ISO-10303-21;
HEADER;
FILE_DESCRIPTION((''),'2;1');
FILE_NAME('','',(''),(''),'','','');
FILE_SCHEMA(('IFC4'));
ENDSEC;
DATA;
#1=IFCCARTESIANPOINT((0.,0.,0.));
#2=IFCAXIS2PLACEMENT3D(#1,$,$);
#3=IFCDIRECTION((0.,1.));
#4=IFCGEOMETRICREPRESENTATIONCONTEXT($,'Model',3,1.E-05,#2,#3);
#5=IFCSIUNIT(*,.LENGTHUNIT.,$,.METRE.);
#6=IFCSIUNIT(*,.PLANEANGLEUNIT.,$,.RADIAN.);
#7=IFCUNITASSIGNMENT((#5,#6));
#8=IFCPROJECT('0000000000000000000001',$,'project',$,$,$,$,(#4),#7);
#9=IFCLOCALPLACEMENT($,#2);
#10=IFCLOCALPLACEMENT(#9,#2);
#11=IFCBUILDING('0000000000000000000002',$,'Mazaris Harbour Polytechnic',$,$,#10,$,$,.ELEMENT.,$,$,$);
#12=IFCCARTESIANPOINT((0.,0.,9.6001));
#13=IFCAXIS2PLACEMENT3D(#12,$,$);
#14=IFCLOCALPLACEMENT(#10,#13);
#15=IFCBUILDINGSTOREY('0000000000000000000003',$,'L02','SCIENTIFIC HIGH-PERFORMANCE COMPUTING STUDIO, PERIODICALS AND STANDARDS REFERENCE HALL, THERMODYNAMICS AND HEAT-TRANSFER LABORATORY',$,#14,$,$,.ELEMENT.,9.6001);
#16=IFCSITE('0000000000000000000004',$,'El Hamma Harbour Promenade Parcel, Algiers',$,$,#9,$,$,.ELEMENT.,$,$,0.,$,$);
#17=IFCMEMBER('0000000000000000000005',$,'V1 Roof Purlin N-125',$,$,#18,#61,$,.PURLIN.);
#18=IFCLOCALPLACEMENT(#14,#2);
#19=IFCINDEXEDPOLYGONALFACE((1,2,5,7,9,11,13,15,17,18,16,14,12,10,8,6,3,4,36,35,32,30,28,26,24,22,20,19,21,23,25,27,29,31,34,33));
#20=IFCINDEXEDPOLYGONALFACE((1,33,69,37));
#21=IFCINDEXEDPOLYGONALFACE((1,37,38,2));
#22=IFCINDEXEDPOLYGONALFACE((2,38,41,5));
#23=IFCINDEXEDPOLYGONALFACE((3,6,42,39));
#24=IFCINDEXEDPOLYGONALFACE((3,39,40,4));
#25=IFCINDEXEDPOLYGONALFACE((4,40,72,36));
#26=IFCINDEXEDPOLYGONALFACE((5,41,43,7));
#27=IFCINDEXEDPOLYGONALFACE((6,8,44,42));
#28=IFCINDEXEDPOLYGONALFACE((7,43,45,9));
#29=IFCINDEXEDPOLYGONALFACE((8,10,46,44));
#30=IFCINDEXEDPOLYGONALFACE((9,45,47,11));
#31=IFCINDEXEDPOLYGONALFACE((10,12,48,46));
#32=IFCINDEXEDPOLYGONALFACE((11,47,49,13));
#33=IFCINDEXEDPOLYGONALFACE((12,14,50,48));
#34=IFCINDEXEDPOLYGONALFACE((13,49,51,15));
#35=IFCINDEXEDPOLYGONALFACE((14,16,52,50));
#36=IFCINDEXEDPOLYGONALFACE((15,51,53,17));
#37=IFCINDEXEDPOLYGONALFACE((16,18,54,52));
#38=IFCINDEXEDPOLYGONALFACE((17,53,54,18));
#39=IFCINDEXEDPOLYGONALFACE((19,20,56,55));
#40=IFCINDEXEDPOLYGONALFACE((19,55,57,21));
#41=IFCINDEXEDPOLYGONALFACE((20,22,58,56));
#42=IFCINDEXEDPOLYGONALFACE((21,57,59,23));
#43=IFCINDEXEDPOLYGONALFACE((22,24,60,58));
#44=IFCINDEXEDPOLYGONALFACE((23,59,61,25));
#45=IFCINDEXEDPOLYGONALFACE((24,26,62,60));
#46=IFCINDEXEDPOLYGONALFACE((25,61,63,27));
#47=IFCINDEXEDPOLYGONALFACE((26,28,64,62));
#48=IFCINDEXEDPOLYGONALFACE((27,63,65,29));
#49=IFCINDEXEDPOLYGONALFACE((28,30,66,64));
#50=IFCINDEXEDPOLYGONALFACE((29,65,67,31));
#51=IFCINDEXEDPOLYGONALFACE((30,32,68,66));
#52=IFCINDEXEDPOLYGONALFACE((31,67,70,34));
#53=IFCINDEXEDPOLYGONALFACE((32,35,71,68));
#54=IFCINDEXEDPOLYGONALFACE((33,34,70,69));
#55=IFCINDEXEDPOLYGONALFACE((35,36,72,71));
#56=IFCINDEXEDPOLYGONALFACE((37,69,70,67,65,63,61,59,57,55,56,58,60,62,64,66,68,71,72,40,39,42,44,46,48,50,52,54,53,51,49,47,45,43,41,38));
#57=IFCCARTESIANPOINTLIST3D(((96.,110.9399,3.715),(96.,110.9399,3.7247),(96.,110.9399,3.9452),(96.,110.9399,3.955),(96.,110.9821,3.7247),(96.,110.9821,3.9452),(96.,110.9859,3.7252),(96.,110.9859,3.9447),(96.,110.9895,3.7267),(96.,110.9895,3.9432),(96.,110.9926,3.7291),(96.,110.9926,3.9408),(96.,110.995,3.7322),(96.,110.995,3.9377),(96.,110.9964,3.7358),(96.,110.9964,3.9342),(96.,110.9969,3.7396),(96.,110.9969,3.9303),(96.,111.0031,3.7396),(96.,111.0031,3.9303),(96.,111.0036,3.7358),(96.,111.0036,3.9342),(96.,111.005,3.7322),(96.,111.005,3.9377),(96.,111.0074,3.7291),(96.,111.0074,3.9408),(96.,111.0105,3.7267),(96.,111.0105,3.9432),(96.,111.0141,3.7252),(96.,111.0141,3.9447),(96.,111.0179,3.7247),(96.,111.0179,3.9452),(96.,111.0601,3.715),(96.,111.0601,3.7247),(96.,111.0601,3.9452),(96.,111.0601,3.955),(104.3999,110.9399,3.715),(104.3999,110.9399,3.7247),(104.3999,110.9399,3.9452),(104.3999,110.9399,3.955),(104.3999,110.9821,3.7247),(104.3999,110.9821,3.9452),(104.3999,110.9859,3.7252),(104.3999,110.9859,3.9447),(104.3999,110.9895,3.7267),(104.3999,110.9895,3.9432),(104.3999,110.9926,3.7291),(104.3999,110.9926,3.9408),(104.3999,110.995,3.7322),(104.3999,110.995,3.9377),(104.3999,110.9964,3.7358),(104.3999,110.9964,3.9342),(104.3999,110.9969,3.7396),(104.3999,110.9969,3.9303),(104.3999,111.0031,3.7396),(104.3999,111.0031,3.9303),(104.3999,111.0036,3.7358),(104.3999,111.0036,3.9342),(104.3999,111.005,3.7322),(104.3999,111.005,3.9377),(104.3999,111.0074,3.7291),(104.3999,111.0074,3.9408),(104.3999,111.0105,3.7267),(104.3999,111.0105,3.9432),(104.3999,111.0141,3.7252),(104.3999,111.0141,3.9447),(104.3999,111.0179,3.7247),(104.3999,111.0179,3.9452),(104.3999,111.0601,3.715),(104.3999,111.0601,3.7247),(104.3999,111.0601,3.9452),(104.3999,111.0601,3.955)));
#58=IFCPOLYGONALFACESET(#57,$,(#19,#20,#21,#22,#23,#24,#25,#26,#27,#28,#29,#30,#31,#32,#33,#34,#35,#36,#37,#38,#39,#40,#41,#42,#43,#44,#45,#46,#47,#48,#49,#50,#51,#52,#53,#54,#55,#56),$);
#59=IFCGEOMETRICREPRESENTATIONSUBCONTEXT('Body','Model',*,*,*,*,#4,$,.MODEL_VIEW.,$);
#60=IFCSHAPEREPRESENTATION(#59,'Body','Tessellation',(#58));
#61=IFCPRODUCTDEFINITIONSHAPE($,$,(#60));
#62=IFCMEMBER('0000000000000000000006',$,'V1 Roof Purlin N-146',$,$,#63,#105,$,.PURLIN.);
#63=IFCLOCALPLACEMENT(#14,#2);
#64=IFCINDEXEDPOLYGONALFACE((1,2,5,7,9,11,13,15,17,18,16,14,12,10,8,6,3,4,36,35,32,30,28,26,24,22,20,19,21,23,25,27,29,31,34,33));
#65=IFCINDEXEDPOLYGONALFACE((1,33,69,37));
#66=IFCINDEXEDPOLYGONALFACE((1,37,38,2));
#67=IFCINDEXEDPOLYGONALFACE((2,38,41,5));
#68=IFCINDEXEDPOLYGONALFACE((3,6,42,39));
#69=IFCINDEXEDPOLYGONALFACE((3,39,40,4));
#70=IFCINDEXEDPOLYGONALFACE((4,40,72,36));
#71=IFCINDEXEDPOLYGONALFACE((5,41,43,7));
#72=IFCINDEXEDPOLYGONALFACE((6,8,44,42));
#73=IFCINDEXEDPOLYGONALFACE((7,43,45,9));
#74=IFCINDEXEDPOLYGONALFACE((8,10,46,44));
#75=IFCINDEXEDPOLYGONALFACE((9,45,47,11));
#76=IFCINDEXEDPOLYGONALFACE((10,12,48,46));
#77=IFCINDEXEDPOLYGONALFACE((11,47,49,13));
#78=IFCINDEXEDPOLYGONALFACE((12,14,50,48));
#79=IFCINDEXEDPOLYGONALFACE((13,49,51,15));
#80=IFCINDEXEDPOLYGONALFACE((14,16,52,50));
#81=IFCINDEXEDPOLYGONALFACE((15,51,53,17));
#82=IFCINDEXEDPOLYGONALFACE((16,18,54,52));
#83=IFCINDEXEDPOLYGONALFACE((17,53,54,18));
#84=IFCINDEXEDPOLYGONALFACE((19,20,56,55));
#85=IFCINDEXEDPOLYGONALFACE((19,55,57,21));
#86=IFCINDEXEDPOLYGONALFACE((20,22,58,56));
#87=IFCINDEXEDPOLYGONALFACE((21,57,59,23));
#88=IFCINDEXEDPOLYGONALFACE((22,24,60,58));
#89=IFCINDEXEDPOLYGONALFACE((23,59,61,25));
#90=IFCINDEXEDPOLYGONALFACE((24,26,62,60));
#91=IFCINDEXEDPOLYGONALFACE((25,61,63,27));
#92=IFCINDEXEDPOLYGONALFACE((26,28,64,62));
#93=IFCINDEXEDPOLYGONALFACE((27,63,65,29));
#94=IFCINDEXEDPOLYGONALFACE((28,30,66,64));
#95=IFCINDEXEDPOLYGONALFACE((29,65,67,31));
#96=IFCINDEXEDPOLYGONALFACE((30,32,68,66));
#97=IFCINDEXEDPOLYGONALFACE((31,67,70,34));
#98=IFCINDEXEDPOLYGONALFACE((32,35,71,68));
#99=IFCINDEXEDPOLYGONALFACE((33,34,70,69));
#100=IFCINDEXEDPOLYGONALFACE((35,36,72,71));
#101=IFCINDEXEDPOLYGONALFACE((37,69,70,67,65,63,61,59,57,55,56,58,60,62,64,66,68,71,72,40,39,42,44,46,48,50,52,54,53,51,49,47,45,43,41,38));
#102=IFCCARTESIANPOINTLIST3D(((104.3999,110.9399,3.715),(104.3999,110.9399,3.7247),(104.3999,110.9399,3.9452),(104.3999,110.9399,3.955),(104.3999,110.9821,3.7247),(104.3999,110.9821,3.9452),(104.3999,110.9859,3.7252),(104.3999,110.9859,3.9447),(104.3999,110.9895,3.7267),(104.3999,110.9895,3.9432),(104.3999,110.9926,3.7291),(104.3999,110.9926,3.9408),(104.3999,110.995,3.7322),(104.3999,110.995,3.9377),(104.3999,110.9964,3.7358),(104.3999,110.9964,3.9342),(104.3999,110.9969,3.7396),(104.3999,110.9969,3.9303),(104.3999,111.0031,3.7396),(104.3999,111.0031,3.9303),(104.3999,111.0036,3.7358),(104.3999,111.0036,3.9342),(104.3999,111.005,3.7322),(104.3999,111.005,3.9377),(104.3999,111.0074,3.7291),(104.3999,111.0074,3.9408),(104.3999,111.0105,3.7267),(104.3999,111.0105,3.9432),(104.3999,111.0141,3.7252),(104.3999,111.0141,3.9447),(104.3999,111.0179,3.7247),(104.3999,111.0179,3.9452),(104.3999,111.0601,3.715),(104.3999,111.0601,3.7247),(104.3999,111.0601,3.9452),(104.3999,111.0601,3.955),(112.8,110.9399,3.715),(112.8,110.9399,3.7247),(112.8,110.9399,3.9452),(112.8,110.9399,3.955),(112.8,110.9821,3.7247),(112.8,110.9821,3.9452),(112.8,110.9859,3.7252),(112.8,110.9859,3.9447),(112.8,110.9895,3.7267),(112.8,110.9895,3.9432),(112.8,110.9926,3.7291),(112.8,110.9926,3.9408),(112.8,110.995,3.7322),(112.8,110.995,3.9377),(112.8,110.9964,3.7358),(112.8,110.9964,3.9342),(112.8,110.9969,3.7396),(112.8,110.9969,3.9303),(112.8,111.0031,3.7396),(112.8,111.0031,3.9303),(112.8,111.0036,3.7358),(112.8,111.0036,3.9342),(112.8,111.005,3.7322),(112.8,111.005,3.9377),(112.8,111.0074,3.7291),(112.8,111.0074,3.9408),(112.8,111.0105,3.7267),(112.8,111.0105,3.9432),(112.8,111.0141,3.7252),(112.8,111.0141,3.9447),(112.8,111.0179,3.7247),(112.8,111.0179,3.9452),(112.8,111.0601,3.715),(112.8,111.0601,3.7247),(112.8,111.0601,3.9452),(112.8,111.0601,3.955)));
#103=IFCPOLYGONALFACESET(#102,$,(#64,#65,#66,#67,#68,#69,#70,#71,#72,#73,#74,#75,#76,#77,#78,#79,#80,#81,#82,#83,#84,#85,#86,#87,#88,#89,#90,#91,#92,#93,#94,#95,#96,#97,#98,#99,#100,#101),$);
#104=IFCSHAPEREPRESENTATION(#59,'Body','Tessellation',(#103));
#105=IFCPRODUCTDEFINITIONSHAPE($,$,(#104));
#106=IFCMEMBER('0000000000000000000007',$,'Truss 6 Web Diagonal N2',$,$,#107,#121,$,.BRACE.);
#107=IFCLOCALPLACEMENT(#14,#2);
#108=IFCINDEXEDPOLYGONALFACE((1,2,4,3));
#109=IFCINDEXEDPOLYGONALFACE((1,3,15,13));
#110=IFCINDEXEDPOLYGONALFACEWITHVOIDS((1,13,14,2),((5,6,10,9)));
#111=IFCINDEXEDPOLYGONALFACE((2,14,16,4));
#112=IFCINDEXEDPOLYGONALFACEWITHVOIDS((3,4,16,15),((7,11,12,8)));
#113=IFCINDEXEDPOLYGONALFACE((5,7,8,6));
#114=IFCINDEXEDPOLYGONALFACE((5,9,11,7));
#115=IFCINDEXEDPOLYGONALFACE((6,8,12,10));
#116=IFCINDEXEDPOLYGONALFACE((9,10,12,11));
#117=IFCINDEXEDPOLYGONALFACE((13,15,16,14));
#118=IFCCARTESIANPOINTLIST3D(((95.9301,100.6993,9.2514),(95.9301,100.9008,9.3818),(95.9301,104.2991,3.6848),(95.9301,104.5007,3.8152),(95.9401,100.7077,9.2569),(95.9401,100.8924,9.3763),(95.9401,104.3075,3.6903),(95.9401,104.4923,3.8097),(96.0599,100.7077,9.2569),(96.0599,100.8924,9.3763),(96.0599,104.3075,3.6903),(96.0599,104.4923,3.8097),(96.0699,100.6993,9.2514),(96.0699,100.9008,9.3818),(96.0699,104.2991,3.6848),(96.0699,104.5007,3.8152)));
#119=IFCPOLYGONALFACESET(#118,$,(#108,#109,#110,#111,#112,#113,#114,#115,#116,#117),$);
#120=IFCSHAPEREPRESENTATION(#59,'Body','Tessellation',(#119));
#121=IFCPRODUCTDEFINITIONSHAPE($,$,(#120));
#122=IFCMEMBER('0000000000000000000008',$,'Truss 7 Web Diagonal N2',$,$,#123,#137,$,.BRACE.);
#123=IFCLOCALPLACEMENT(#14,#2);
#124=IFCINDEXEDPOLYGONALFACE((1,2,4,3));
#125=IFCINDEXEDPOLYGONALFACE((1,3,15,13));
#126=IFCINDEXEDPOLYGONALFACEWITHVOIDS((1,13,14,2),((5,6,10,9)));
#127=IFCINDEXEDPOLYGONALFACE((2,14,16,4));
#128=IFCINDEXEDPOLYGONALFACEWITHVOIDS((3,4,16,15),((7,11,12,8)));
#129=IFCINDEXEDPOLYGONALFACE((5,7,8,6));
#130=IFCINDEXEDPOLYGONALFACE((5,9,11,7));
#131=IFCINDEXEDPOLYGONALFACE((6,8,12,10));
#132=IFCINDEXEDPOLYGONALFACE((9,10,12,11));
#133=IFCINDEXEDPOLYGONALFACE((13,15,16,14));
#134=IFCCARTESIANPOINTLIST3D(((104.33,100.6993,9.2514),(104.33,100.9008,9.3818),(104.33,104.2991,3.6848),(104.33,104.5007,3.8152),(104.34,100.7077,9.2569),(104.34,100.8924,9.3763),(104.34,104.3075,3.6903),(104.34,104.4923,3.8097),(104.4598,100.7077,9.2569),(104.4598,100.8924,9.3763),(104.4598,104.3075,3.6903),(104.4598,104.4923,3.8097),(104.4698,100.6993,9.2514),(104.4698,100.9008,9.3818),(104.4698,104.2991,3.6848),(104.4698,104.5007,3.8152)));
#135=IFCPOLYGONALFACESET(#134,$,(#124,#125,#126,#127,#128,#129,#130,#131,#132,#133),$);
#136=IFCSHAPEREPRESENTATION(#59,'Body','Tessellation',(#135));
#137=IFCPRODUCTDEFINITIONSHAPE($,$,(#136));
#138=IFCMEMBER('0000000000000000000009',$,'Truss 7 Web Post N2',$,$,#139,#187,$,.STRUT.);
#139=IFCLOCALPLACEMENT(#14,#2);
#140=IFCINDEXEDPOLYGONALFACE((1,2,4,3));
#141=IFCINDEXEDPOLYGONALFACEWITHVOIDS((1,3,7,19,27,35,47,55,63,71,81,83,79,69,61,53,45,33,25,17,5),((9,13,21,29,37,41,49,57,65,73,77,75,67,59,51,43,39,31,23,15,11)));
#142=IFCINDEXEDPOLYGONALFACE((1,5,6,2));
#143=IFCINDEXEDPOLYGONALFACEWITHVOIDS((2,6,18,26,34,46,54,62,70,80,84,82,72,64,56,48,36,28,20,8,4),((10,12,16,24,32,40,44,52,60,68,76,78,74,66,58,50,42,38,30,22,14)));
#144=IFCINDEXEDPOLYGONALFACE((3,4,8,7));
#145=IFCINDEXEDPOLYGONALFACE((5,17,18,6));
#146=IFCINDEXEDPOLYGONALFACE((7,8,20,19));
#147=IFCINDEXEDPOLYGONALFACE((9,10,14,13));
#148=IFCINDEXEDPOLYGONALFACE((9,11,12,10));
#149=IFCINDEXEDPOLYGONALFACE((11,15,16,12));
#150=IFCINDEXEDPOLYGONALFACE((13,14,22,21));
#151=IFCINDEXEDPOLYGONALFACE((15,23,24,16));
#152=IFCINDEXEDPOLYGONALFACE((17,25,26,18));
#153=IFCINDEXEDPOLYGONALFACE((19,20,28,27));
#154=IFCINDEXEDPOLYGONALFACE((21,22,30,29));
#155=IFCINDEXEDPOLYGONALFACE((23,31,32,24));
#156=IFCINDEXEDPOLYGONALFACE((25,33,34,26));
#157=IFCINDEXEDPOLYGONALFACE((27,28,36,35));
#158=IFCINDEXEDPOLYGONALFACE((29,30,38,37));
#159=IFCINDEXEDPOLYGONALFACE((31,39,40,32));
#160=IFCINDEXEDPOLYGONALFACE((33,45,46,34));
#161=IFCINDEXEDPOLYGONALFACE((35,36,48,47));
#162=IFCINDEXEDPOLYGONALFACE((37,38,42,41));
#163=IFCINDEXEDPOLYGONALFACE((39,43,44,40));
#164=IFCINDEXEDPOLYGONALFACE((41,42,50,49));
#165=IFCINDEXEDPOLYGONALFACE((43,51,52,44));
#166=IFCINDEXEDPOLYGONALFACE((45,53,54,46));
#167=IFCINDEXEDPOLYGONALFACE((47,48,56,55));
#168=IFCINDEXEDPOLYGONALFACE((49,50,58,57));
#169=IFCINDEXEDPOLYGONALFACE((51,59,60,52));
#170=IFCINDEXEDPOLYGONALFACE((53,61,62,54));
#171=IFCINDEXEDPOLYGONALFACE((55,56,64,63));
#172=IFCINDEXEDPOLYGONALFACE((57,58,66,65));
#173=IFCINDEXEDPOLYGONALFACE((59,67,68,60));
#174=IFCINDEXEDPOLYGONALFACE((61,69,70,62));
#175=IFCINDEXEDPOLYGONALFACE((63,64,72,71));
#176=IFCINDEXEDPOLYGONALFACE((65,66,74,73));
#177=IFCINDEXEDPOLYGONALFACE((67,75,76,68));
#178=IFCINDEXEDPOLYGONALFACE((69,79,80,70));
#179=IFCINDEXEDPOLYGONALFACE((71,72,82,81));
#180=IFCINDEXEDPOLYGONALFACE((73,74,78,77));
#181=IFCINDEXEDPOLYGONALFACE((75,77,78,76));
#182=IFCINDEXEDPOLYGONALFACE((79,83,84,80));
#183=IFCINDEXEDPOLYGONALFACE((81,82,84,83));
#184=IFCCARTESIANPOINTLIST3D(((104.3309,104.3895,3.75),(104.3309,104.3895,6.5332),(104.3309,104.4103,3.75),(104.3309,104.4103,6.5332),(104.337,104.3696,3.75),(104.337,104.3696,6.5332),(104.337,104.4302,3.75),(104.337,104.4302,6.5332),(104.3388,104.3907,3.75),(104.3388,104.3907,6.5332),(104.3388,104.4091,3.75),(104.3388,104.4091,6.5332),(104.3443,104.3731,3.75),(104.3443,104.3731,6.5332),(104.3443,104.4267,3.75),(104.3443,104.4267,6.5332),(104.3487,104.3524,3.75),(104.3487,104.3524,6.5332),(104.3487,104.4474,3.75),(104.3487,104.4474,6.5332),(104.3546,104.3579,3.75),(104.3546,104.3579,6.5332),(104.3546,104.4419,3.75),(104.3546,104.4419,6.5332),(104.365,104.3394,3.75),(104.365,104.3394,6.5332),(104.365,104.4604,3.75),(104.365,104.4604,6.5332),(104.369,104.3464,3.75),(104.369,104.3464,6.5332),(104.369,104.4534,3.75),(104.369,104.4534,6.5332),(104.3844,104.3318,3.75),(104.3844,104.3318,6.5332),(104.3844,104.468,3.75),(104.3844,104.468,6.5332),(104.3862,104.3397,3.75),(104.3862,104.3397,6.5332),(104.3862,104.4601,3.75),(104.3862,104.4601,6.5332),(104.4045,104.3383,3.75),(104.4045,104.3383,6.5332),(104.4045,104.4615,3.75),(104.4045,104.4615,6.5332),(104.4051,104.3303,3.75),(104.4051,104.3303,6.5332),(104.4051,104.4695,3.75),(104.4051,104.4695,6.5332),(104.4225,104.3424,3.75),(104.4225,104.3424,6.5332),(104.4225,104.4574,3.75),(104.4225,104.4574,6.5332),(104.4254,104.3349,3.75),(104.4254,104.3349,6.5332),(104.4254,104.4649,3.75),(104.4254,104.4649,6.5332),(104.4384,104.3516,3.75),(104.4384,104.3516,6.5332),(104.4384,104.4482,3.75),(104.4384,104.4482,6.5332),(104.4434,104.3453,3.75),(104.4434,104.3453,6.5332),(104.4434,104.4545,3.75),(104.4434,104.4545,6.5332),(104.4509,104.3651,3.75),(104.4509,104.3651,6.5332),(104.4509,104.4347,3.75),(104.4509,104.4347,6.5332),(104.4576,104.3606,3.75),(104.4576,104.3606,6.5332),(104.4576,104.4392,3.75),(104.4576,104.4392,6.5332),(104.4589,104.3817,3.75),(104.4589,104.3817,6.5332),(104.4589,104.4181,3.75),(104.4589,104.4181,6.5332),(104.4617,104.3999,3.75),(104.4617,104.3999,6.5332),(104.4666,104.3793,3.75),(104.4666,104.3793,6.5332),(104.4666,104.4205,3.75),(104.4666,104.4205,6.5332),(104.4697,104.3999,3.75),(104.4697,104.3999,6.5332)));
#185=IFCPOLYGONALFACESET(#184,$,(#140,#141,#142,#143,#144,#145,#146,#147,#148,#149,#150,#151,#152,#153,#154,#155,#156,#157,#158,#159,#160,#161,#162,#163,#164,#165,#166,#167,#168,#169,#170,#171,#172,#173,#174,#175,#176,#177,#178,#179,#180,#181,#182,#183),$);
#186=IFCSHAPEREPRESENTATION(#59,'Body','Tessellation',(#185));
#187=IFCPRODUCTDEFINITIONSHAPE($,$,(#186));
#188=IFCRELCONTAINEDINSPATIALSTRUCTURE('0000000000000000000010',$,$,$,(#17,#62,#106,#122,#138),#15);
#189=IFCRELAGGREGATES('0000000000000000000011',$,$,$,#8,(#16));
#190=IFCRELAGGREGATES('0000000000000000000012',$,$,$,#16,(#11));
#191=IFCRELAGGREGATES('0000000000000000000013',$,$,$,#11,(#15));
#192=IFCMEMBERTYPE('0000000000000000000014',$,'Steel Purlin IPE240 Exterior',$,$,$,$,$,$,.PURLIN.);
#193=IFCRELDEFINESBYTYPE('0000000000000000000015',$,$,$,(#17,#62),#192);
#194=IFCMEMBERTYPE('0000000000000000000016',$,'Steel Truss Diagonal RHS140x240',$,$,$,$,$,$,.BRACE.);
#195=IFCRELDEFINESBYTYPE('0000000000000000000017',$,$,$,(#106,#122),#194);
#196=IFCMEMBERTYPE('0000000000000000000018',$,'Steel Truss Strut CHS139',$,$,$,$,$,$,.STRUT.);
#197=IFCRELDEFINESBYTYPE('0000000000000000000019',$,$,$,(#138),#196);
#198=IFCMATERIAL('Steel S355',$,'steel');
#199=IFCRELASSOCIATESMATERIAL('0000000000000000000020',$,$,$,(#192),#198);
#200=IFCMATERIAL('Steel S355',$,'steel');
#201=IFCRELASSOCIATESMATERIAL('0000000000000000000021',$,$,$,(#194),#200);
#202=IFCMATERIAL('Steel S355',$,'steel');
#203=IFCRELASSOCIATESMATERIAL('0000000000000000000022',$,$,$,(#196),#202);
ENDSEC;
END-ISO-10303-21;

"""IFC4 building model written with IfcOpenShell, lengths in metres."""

from ifc_helpers import new_model, si_unit, direction, frame, origin, origin_2d, place, context, subcontext, project, spatial, hollow_rectangle, hollow_circle, i_section, extrude, material, material_profile, profile_set, type_object, element, save


model = new_model("IFC4")

# Units and contexts
model_context = context("Model", 3, precision=1e-05, world=origin(), true_north=direction((0.0, 1.0)))
body_context = subcontext(model_context, "Body", "Model", "MODEL_VIEW")
ifc_project = project(units=[si_unit("LENGTHUNIT", "METRE"), si_unit("PLANEANGLEUNIT", "RADIAN")], contexts=[model_context])

# Site, building, storey
site_placement = place(None, origin())
site = spatial("IfcSite", under=ifc_project, at=site_placement, Name="El Hamma Harbour Promenade Parcel, Algiers", CompositionType="ELEMENT", RefElevation=0.0)
building_placement = place(site_placement, origin())
building = spatial("IfcBuilding", under=site, at=building_placement, Name="Mazaris Harbour Polytechnic", CompositionType="ELEMENT")
storey_placement = place(building_placement, frame((0.0, 0.0, 9.6001)))
storey = spatial("IfcBuildingStorey", under=building, at=storey_placement, Name="L02", Description="SCIENTIFIC HIGH-PERFORMANCE COMPUTING STUDIO, PERIODICALS AND STANDARDS REFERENCE HALL, THERMODYNAMICS AND HEAT-TRANSFER LABORATORY", CompositionType="ELEMENT", Elevation=9.6001)

# Members
ifc_material_1 = material(Name="Steel S355", Category="steel")
ifc_material_profile_1 = material_profile(ifc_material_1, i_section(OverallWidth=0.1201, OverallDepth=0.24, WebThickness=0.0061, FlangeThickness=0.0098, FilletRadius=0.0149, at=origin_2d()), Name="IPE 240")
ifc_profile_set_1 = profile_set([ifc_material_profile_1], Name="Steel S355")
member_type_1 = type_object("IfcMemberType", Name="Steel Purlin IPE240 Exterior", PredefinedType="PURLIN", material=ifc_profile_set_1)
for number, where, z_axis, x_axis, name in (
    (1, (96.0, 111.0, 3.835), (1.0, 0.0, 0.0), (0.0, 1.0, 0.0), "V1 Roof Purlin N-125"),
):
    element("IfcMember", number, at=place(storey_placement, frame(where, z_axis=z_axis, x_axis=x_axis)), inside=storey, type_object=member_type_1, Name=name, PredefinedType="PURLIN", context=body_context, shape_type="SweptSolid", body=[
        extrude(i_section(OverallWidth=0.1201, OverallDepth=0.24, WebThickness=0.0061, FlangeThickness=0.0098, FilletRadius=0.0149, at=origin_2d()), origin(), (0.0, 0.0, 1.0), 8.3999),
    ])
member_1_placement = place(storey_placement, frame((104.3999, 111.0, 3.835), z_axis=(1.0, 0.0, 0.0), x_axis=(0.0, 1.0, 0.0)))
element("IfcMember", 2, at=member_1_placement, inside=storey, type_object=member_type_1, Name="V1 Roof Purlin N-146", PredefinedType="PURLIN", context=body_context, shape_type="SweptSolid", body=[
    extrude(i_section(OverallWidth=0.1201, OverallDepth=0.24, WebThickness=0.0061, FlangeThickness=0.0098, FilletRadius=0.0149, at=origin_2d()), origin(), (0.0, 0.0, 1.0), 8.4001),
])
ifc_material_2 = material(Name="Steel S355", Category="steel")
ifc_material_profile_2 = material_profile(ifc_material_2, hollow_rectangle(XDim=0.1399, YDim=0.24, WallThickness=0.01, at=origin_2d()), Name="RHS 140x240x10.0")
ifc_profile_set_2 = profile_set([ifc_material_profile_2], Name="Steel S355")
member_type_2 = type_object("IfcMemberType", Name="Steel Truss Diagonal RHS140x240", PredefinedType="BRACE", material=ifc_profile_set_2)
for number, where, z_axis, x_axis, name in (
    (3, (96.0, 104.3999, 3.75), (0.0, -0.543028, 0.839714), (1.0, 0.0, 0.0), "Truss 6 Web Diagonal N2"),
    (4, (104.3999, 104.3999, 3.75), (0.0, -0.543028, 0.839714), (1.0, 0.0, 0.0), "Truss 7 Web Diagonal N2"),
):
    element("IfcMember", number, at=place(storey_placement, frame(where, z_axis=z_axis, x_axis=x_axis)), inside=storey, type_object=member_type_2, Name=name, PredefinedType="BRACE", context=body_context, shape_type="SweptSolid", body=[
        extrude(hollow_rectangle(XDim=0.1399, YDim=0.24, WallThickness=0.01, at=origin_2d()), origin(), (0.0, 0.0, 1.0), 6.6292),
    ])
ifc_material_3 = material(Name="Steel S355", Category="steel")
ifc_material_profile_3 = material_profile(ifc_material_3, hollow_circle(Radius=0.0698, WallThickness=0.0081, at=origin_2d()), Name="CHS 139.7x8.0")
ifc_profile_set_3 = profile_set([ifc_material_profile_3], Name="Steel S355")
member_type_3 = type_object("IfcMemberType", Name="Steel Truss Strut CHS139", PredefinedType="STRUT", material=ifc_profile_set_3)
member_2_placement = place(storey_placement, frame((104.3999, 104.3999, 3.75), z_axis=(0.0, 0.0, 1.0), x_axis=(1.0, 0.0, 0.0)))
element("IfcMember", 5, at=member_2_placement, inside=storey, type_object=member_type_3, Name="Truss 7 Web Post N2", PredefinedType="STRUT", context=body_context, shape_type="SweptSolid", body=[
    extrude(hollow_circle(Radius=0.0698, WallThickness=0.0081, at=origin_2d()), origin(), (0.0, 0.0, 1.0), 2.7832),
])

save(model, "model.ifc")
